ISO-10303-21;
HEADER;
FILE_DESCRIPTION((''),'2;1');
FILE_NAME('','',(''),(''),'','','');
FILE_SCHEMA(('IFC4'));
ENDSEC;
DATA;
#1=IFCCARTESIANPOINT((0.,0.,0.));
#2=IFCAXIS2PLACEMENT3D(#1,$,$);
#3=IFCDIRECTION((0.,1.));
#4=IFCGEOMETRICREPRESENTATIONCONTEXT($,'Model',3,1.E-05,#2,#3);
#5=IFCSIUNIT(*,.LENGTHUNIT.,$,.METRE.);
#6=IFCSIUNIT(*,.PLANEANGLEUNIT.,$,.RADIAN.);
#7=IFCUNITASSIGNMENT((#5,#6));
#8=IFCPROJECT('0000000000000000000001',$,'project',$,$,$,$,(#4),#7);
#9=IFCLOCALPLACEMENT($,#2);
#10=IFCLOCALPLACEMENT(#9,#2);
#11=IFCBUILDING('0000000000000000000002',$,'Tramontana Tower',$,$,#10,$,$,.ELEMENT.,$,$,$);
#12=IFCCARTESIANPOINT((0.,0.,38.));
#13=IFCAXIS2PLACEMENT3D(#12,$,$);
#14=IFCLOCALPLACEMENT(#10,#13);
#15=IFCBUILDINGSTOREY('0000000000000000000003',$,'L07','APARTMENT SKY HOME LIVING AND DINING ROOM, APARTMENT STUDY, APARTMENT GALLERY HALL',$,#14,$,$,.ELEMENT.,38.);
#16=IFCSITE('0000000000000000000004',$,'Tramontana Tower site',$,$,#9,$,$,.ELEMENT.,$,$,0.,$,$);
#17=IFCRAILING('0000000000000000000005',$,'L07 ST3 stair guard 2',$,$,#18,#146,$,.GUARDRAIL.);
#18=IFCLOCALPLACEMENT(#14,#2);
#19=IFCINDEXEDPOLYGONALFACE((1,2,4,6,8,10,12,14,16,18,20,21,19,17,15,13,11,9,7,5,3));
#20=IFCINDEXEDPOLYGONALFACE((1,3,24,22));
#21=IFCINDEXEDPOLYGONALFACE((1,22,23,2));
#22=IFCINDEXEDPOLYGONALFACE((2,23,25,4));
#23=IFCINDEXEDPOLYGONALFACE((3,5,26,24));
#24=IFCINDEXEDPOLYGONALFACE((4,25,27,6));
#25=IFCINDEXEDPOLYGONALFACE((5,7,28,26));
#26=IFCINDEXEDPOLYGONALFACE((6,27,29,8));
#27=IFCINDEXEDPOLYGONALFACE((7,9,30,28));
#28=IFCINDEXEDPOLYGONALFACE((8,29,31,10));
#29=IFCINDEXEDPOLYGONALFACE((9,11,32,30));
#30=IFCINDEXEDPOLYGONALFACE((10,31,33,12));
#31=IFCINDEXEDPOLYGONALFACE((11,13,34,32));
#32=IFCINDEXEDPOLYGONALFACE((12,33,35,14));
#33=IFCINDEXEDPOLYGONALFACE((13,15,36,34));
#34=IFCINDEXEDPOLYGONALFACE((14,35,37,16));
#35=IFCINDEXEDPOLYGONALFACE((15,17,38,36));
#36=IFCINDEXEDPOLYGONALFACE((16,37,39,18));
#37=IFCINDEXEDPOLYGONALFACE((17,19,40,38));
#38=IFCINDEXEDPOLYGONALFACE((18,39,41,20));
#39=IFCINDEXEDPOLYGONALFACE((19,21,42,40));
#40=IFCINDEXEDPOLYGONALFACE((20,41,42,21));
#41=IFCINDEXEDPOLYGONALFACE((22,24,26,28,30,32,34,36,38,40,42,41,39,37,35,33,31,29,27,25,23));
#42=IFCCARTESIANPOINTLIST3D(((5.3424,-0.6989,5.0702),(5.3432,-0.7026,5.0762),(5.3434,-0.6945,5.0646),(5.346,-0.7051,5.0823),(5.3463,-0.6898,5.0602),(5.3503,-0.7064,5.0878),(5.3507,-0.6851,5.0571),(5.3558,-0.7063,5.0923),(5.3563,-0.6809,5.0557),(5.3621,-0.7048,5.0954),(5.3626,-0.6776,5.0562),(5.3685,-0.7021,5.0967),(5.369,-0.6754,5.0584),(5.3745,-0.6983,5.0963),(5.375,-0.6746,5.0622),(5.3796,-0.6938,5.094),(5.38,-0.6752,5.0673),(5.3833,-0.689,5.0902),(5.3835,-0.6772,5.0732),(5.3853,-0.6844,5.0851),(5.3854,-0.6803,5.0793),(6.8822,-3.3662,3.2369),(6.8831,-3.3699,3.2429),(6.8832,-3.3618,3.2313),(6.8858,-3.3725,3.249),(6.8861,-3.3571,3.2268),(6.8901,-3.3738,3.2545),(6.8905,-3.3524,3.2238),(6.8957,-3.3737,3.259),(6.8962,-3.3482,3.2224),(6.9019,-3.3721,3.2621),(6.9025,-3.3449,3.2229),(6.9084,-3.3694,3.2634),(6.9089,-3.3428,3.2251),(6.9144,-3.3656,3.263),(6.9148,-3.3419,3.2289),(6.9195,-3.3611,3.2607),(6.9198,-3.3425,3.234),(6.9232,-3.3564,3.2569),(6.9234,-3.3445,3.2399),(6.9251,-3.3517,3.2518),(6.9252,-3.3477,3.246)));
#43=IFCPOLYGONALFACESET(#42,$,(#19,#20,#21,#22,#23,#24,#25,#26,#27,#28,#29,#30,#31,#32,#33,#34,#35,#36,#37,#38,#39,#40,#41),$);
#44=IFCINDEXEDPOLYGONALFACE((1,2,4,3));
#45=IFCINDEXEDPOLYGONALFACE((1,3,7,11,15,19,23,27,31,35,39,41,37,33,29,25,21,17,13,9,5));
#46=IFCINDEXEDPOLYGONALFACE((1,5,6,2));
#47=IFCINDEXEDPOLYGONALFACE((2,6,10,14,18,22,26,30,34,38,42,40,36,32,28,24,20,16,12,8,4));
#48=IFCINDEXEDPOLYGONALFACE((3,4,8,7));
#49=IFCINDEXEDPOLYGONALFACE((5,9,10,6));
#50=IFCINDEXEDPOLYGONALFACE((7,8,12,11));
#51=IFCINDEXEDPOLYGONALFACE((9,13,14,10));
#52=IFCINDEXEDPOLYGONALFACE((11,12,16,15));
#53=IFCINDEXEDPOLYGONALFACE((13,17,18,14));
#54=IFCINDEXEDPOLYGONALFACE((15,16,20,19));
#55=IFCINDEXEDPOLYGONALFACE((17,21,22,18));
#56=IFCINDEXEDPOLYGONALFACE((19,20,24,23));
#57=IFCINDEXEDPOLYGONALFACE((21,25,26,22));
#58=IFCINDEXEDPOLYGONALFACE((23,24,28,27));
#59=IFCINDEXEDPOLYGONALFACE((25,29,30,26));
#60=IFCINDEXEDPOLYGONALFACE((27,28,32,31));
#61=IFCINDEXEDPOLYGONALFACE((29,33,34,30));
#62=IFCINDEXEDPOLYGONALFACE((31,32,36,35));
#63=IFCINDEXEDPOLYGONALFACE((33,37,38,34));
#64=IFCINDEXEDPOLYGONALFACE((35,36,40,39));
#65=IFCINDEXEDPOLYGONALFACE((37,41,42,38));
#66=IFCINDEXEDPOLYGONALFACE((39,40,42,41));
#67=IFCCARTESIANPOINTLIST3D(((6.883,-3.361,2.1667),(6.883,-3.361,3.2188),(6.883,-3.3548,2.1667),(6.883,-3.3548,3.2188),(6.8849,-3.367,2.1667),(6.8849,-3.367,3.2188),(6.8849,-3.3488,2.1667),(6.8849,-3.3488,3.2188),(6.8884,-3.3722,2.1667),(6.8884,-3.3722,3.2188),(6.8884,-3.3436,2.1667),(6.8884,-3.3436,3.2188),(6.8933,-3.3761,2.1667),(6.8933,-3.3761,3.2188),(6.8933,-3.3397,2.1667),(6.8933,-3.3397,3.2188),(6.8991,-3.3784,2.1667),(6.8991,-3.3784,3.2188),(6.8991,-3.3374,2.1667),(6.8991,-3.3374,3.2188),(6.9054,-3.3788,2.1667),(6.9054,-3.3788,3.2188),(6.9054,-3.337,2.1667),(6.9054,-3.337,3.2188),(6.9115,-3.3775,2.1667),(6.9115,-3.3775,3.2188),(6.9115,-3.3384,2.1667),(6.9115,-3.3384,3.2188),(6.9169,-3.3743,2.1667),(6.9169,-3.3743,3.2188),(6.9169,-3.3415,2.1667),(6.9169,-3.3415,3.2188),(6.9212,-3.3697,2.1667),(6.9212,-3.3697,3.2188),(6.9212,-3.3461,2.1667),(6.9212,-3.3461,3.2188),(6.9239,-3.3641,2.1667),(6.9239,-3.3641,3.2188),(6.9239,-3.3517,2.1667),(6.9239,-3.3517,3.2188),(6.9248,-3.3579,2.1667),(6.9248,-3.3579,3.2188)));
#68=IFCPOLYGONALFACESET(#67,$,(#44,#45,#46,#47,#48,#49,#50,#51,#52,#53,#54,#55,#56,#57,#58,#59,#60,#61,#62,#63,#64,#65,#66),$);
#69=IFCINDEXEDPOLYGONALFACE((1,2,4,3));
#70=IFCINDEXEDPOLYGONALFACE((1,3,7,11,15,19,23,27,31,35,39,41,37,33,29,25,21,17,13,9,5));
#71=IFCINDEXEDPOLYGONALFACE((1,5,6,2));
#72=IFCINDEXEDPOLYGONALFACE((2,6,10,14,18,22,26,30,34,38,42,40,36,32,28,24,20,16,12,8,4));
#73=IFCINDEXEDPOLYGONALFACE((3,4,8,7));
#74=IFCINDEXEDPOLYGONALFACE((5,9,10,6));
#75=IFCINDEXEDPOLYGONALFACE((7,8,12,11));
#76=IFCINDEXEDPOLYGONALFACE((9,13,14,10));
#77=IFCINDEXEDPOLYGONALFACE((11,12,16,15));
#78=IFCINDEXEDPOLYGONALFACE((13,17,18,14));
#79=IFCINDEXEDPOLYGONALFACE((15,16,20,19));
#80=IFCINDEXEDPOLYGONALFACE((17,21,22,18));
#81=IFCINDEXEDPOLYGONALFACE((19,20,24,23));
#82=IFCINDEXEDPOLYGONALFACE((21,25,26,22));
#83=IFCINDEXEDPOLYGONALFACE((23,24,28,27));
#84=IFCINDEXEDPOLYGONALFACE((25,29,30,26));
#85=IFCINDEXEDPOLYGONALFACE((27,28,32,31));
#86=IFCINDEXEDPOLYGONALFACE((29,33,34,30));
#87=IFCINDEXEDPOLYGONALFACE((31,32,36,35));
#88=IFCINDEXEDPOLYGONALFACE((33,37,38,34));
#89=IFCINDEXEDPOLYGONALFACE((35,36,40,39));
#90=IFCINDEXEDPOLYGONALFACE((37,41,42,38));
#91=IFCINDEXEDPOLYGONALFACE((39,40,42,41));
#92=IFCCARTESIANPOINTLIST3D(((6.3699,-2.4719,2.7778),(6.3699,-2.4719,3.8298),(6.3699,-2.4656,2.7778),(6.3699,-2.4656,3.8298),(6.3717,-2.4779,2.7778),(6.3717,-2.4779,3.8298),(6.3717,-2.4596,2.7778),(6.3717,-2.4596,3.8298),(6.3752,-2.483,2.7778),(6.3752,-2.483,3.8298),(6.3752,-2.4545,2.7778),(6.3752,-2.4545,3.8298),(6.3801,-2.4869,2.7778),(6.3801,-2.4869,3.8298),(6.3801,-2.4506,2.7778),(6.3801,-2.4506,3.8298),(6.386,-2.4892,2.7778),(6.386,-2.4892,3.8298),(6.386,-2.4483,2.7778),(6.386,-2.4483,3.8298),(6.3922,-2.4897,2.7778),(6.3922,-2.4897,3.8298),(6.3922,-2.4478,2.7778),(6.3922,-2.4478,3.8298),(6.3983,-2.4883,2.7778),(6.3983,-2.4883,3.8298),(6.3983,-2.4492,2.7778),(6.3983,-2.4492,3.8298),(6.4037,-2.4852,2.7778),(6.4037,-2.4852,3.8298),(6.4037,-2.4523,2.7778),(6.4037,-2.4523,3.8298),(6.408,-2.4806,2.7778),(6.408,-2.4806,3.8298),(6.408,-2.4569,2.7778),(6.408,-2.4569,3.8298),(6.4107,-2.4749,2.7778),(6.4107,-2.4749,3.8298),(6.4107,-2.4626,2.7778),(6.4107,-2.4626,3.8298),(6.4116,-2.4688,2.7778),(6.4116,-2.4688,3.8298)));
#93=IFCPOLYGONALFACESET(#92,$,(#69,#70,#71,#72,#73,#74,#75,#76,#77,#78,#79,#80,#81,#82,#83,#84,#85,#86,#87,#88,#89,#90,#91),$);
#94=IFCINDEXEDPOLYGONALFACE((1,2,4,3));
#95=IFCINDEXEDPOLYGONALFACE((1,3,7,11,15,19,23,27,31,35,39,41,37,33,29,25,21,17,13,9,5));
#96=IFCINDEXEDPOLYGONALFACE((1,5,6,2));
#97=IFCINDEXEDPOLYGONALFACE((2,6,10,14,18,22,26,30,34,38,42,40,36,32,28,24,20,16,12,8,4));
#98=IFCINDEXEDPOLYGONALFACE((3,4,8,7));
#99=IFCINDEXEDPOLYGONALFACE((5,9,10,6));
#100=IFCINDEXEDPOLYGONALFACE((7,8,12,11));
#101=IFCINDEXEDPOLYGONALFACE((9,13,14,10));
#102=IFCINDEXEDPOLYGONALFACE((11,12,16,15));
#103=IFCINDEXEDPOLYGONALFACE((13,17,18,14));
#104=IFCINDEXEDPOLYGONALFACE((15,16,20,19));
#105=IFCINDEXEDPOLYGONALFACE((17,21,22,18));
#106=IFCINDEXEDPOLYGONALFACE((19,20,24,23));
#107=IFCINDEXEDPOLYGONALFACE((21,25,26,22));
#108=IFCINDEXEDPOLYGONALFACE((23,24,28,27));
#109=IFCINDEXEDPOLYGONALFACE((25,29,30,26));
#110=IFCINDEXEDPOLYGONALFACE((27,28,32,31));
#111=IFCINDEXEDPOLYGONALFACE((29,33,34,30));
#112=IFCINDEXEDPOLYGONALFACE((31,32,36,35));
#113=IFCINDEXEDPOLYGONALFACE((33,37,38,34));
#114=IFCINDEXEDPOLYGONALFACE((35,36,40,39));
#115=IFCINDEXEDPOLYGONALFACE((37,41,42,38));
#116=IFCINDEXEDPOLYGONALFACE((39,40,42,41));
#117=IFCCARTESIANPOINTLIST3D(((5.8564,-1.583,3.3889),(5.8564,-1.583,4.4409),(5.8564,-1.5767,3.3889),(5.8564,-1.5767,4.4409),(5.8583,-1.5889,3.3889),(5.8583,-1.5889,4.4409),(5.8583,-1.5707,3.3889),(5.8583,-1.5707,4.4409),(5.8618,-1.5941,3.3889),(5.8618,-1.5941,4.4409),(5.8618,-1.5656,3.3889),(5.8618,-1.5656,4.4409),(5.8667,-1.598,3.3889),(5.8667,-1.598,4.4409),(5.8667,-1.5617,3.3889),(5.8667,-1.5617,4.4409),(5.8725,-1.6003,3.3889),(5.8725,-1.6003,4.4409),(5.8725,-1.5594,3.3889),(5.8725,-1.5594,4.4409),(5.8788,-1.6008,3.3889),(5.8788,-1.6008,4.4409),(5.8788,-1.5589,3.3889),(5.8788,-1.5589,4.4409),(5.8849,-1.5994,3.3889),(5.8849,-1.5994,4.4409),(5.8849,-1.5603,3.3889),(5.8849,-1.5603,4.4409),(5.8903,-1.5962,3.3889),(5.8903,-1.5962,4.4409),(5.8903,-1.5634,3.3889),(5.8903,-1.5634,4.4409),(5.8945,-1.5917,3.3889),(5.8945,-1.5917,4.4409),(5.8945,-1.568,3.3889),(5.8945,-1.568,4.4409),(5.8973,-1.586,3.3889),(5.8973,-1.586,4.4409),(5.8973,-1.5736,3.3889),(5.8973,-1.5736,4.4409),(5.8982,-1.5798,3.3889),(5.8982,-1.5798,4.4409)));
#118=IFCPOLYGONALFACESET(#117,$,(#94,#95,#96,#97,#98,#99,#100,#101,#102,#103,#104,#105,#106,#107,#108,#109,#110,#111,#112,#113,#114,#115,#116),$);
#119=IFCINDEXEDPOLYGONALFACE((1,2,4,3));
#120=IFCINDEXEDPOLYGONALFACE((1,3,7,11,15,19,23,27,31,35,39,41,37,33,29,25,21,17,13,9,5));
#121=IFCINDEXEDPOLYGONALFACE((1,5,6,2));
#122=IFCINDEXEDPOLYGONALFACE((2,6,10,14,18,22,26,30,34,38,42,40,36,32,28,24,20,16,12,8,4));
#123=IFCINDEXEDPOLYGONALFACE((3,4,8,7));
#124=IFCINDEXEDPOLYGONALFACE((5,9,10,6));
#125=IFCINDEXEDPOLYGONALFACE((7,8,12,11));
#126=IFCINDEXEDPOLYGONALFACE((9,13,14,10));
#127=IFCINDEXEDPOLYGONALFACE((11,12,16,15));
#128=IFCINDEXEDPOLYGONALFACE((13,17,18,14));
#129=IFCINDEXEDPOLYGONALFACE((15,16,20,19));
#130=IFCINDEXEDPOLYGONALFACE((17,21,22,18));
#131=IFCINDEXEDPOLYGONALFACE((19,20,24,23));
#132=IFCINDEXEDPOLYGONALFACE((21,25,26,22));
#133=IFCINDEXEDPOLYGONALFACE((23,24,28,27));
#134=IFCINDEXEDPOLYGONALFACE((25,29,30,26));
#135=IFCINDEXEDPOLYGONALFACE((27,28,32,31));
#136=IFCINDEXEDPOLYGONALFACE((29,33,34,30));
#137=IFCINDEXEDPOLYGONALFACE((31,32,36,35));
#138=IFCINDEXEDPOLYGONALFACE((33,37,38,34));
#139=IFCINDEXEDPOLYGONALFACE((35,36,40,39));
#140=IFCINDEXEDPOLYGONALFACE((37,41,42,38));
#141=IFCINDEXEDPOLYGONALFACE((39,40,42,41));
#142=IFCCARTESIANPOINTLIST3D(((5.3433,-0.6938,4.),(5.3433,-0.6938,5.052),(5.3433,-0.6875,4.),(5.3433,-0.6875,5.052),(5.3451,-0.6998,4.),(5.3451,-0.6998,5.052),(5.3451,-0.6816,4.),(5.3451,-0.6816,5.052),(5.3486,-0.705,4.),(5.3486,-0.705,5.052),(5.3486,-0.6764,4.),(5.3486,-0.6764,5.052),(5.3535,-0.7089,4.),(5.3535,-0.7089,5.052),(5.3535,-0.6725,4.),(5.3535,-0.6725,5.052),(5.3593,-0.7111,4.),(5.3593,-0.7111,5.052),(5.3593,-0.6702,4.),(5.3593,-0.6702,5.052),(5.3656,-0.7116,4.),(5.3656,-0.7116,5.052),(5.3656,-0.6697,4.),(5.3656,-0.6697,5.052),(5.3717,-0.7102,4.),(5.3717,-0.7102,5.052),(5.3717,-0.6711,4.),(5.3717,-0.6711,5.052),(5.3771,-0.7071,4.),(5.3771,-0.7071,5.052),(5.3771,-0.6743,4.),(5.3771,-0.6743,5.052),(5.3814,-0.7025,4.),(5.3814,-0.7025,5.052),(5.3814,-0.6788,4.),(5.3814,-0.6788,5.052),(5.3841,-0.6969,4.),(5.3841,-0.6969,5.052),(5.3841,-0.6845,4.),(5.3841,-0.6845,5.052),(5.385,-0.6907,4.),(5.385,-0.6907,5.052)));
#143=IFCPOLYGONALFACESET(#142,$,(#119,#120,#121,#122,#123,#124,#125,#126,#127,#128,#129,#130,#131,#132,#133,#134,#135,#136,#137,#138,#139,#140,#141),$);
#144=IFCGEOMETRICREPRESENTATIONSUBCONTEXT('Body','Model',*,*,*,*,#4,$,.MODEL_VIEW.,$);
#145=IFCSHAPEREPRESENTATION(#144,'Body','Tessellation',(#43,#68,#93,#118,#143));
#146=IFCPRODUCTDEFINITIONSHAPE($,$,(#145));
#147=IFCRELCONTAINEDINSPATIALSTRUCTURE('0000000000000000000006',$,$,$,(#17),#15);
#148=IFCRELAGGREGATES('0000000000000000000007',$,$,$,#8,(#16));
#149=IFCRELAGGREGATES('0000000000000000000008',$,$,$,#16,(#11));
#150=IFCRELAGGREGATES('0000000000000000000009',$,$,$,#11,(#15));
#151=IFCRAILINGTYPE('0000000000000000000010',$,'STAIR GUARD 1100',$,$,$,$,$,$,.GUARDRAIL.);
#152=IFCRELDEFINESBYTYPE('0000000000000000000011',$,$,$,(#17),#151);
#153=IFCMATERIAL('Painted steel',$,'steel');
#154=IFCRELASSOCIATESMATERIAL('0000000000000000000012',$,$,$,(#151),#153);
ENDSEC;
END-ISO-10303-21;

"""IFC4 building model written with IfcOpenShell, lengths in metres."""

from ifc_helpers import new_model, si_unit, direction, frame, origin, origin_2d, place, context, subcontext, project, spatial, circle, extrude, material, type_object, element, save


model = new_model("IFC4")

# Units and contexts
model_context = context("Model", 3, precision=1e-05, world=origin(), true_north=direction((0.0, 1.0)))
body_context = subcontext(model_context, "Body", "Model", "MODEL_VIEW")
ifc_project = project(units=[si_unit("LENGTHUNIT", "METRE"), si_unit("PLANEANGLEUNIT", "RADIAN")], contexts=[model_context])

# Site, building, storey
site_placement = place(None, origin())
site = spatial("IfcSite", under=ifc_project, at=site_placement, Name="Tramontana Tower site", CompositionType="ELEMENT", RefElevation=0.0)
building_placement = place(site_placement, origin())
building = spatial("IfcBuilding", under=site, at=building_placement, Name="Tramontana Tower", CompositionType="ELEMENT")
storey_placement = place(building_placement, frame((0.0, 0.0, 38.0)))
storey = spatial("IfcBuildingStorey", under=building, at=storey_placement, Name="L07", Description="APARTMENT SKY HOME LIVING AND DINING ROOM, APARTMENT STUDY, APARTMENT GALLERY HALL", CompositionType="ELEMENT", Elevation=38.0)

# Railing
ifc_material_1 = material(Name="Painted steel", Category="steel")
railing_type_1 = type_object("IfcRailingType", Name="STAIR GUARD 1100", PredefinedType="GUARDRAIL", material=ifc_material_1)
railing_1_placement = place(storey_placement, frame((6.9038, -3.3579, 2.1667)))
element("IfcRailing", 1, at=railing_1_placement, inside=storey, type_object=railing_type_1, Name="L07 ST3 stair guard 2", PredefinedType="GUARDRAIL", context=body_context, shape_type="SweptSolid", body=[
    extrude(circle(Radius=0.0239, at=origin_2d()), frame((0.0, 0.0, 1.0762), z_axis=(-0.429616, 0.744181, 0.511493), x_axis=(-0.866044, -0.499967, 0.0)), (0.0, 0.0, 1.0), 3.5842),
    extrude(circle(Radius=0.021, at=origin_2d()), origin(), (0.0, 0.0, 1.0), 1.052),
    extrude(circle(Radius=0.021, at=origin_2d()), frame((-0.5132, 0.8892, 0.6111)), (0.0, 0.0, 1.0), 1.052),
    extrude(circle(Radius=0.021, at=origin_2d()), frame((-1.0266, 1.7781, 1.2222)), (0.0, 0.0, 1.0), 1.052),
    extrude(circle(Radius=0.021, at=origin_2d()), frame((-1.5398, 2.6672, 1.8333)), (0.0, 0.0, 1.0), 1.052),
])

save(model, "model.ifc")
